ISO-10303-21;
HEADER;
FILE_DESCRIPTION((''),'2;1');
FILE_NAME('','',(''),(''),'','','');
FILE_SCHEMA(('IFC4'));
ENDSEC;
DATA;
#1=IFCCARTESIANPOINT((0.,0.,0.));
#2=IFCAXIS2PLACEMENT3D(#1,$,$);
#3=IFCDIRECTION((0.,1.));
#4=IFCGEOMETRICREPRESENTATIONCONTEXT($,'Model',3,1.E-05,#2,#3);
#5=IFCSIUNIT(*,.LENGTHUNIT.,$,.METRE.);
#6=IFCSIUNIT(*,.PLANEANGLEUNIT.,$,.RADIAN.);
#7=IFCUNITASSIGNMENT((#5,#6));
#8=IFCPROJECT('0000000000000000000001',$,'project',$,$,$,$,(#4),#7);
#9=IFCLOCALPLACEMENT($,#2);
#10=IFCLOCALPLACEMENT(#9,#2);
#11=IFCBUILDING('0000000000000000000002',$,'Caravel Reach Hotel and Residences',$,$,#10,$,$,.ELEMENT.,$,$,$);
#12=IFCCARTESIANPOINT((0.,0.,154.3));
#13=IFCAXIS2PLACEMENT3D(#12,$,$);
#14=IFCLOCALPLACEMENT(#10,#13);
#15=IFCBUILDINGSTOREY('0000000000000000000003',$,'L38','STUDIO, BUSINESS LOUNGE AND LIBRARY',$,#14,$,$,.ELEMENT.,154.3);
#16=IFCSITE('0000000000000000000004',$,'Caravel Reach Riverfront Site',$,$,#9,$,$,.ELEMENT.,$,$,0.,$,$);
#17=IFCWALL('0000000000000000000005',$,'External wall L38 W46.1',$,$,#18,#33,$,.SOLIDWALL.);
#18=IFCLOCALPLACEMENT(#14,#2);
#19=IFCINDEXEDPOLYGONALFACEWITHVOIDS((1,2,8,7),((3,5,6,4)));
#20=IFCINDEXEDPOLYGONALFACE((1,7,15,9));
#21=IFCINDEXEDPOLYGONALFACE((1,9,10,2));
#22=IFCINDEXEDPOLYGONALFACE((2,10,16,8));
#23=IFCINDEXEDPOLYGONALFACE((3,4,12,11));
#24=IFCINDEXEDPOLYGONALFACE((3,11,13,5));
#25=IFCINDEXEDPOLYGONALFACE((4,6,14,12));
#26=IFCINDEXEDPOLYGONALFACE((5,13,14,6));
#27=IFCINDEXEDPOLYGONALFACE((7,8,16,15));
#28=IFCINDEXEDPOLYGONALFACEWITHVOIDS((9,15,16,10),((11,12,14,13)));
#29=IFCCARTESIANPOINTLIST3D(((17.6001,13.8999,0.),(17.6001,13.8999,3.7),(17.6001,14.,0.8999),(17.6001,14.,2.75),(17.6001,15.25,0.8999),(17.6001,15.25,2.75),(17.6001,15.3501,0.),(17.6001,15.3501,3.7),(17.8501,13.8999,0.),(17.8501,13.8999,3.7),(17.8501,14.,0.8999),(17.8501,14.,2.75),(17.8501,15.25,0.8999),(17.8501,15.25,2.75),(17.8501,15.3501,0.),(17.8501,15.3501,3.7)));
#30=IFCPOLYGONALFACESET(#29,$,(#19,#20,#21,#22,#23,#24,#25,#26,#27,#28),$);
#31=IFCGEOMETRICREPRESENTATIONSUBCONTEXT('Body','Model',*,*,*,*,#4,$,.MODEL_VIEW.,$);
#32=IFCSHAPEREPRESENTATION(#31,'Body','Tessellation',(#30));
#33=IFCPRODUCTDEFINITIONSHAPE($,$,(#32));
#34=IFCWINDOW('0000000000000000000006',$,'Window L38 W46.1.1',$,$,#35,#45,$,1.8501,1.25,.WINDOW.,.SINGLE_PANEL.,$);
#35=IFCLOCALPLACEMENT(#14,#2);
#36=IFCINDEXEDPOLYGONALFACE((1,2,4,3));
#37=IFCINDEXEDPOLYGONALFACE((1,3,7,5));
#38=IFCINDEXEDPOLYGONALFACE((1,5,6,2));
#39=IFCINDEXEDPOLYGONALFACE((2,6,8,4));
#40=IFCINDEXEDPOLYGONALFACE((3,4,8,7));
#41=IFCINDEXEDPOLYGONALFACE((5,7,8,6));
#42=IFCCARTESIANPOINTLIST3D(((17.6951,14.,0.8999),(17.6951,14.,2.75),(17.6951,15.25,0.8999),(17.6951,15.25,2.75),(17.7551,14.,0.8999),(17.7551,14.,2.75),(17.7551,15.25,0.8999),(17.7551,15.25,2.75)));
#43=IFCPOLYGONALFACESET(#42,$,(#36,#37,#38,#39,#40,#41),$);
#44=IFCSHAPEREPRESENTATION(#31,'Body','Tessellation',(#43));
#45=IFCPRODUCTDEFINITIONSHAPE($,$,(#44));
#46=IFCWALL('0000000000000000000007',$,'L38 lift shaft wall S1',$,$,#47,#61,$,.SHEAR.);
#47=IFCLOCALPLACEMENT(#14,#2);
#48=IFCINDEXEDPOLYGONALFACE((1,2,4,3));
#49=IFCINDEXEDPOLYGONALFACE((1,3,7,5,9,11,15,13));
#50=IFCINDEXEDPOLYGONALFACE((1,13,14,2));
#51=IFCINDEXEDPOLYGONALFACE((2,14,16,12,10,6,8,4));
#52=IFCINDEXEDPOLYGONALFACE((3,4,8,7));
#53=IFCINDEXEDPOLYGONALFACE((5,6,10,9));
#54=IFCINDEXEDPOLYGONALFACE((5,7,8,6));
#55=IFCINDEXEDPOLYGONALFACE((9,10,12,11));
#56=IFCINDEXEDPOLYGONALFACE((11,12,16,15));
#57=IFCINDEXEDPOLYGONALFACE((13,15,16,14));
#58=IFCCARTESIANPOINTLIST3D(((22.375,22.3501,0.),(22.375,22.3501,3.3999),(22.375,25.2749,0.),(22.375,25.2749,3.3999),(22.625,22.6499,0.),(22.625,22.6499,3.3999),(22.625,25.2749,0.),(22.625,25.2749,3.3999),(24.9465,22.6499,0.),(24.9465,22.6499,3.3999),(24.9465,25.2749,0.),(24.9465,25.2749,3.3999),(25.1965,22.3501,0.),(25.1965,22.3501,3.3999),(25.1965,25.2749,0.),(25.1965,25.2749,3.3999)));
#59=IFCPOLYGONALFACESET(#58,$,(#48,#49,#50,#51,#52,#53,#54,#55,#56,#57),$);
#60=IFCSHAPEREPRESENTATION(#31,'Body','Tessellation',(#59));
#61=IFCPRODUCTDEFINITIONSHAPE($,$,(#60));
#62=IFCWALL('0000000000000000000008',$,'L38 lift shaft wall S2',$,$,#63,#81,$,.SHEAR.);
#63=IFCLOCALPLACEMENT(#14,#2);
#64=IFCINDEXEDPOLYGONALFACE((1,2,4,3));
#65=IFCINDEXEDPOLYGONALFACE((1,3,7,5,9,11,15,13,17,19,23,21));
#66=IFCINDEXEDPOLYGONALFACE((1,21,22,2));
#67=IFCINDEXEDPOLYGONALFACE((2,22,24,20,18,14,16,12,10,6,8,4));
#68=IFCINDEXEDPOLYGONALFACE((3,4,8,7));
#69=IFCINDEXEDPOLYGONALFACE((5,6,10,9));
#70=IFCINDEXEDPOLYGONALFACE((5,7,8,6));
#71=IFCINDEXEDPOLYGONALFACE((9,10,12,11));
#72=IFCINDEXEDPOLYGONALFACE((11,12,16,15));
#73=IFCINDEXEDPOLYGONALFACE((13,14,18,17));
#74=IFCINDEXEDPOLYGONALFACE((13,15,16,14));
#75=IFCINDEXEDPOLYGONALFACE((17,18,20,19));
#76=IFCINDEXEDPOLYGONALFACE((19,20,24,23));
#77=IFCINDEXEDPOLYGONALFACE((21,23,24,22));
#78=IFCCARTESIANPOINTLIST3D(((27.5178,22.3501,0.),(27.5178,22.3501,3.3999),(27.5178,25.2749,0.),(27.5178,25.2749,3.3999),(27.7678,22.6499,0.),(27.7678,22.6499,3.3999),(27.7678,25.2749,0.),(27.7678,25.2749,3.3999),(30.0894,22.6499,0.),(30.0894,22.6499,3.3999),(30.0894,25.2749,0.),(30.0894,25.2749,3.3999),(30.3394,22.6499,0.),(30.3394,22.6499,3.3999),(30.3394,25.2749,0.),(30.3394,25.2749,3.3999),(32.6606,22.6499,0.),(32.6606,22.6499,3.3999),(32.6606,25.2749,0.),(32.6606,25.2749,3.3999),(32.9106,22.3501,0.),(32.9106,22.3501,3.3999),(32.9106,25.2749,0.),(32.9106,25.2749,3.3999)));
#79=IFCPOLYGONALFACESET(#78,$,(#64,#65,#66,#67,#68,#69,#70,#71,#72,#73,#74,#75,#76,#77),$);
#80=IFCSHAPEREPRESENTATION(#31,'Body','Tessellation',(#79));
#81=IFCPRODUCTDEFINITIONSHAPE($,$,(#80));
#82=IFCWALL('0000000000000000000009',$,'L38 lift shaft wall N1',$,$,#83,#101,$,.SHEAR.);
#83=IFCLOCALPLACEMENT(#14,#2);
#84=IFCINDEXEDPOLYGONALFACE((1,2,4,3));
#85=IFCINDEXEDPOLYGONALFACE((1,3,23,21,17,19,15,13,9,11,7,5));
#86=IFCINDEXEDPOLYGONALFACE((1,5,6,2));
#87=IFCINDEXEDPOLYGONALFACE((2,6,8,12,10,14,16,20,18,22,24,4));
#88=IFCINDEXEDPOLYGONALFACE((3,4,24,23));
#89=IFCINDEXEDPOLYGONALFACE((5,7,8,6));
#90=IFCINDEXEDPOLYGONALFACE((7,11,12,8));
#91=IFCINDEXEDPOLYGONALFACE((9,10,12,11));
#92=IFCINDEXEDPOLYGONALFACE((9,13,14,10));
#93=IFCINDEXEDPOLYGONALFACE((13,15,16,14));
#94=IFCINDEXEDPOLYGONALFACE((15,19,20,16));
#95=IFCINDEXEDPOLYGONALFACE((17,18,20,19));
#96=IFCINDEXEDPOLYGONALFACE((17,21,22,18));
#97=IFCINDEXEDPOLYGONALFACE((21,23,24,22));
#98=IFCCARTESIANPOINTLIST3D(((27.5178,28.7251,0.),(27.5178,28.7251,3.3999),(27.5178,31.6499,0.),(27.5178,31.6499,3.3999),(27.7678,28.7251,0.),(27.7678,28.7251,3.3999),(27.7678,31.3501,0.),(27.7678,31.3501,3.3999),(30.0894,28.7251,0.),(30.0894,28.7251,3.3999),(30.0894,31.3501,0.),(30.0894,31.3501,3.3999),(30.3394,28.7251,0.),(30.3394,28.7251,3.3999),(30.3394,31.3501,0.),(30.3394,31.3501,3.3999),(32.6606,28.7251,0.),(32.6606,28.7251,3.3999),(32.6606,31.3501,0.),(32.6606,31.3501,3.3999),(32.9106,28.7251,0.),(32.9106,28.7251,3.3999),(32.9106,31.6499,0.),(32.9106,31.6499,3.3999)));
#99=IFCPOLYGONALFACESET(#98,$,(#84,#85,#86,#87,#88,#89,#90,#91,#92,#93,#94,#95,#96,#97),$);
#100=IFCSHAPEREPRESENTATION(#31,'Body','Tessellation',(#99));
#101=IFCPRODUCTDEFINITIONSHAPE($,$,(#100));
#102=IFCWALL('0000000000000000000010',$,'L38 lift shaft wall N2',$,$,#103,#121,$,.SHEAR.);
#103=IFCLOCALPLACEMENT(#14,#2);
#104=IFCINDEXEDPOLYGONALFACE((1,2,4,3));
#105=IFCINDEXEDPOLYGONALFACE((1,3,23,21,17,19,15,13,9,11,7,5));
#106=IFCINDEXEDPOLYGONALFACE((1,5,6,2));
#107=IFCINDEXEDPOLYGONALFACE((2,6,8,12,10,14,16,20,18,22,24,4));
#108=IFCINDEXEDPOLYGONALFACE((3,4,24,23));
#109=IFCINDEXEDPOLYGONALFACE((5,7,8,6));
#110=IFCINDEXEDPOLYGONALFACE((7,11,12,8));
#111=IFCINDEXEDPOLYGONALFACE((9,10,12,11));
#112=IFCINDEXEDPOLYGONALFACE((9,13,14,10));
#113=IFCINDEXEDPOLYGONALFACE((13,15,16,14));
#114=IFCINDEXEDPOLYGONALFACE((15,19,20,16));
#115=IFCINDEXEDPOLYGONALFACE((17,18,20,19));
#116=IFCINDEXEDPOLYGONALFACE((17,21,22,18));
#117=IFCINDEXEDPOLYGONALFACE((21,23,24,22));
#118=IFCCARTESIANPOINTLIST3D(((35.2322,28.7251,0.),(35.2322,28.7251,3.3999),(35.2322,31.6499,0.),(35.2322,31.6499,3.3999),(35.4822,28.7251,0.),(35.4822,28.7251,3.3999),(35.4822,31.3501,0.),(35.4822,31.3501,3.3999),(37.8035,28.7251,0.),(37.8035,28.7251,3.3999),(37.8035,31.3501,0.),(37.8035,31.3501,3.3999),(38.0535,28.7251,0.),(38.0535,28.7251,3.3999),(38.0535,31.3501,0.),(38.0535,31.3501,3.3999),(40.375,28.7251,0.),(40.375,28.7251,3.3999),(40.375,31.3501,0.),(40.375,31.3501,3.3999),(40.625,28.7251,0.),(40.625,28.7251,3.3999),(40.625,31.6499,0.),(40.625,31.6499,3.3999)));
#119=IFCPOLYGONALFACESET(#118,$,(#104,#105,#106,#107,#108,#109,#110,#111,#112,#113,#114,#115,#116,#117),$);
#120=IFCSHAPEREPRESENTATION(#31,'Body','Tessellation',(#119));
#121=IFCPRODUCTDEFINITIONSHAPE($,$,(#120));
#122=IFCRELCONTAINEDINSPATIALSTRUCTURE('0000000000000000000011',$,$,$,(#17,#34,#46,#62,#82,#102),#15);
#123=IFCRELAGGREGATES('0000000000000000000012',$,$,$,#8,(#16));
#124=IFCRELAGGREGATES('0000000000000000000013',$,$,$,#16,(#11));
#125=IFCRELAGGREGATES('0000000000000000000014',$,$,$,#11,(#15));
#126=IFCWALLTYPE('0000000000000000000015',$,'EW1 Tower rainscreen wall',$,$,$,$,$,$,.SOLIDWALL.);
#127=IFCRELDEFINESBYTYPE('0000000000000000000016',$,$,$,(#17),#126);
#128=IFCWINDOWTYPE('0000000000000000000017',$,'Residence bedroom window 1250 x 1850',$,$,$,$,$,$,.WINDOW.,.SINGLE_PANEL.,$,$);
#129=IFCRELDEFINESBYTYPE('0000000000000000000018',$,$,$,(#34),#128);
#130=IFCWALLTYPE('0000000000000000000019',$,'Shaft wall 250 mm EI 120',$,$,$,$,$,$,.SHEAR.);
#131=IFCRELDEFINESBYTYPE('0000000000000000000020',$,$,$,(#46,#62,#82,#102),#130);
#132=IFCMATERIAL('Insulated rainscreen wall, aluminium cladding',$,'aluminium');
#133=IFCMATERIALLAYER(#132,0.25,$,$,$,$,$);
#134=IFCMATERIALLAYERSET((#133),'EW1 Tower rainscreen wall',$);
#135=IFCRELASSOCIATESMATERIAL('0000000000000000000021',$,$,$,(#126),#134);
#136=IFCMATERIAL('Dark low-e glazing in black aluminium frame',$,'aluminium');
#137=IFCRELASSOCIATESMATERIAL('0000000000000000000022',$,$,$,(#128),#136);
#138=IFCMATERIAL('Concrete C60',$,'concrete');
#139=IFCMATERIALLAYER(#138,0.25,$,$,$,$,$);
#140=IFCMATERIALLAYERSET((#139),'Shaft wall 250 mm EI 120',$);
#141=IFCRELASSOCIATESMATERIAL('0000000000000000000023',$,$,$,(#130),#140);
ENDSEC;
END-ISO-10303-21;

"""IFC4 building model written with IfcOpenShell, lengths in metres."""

from ifc_helpers import new_model, si_unit, direction, frame, frame_2d, origin, place, context, subcontext, project, spatial, polyline, rectangle, outline, extrude, material, layer, layer_set, type_object, element, fill, save


model = new_model("IFC4")

# Units and contexts
model_context = context("Model", 3, precision=1e-05, world=origin(), true_north=direction((0.0, 1.0)))
body_context = subcontext(model_context, "Body", "Model", "MODEL_VIEW")
ifc_project = project(units=[si_unit("LENGTHUNIT", "METRE"), si_unit("PLANEANGLEUNIT", "RADIAN")], contexts=[model_context])

# Site, building, storey
site_placement = place(None, origin())
site = spatial("IfcSite", under=ifc_project, at=site_placement, Name="Caravel Reach Riverfront Site", CompositionType="ELEMENT", RefElevation=0.0)
building_placement = place(site_placement, origin())
building = spatial("IfcBuilding", under=site, at=building_placement, Name="Caravel Reach Hotel and Residences", CompositionType="ELEMENT")
storey_placement = place(building_placement, frame((0.0, 0.0, 154.3)))
storey = spatial("IfcBuildingStorey", under=building, at=storey_placement, Name="L38", Description="STUDIO, BUSINESS LOUNGE AND LIBRARY", CompositionType="ELEMENT", Elevation=154.3)

# Shared definitions
ifc_material_1 = material(Name="Insulated rainscreen wall, aluminium cladding", Category="aluminium")
ifc_layer_1 = layer(ifc_material_1, 0.25)
ifc_layer_set_1 = layer_set([ifc_layer_1], Name="EW1 Tower rainscreen wall")
wall_type_1 = type_object("IfcWallType", Name="EW1 Tower rainscreen wall", PredefinedType="SOLIDWALL", material=ifc_layer_set_1)

# Wall, opening, window
ifc_material_2 = material(Name="Dark low-e glazing in black aluminium frame", Category="aluminium")
window_type_1 = type_object("IfcWindowType", Name="Residence bedroom window 1250 x 1850", PartitioningType="SINGLE_PANEL", PredefinedType="WINDOW", material=ifc_material_2)
wall_1_placement = place(storey_placement, frame((17.7251, 15.3501, 0.0), z_axis=(0.0, 0.0, 1.0), x_axis=(0.0, -1.0, 0.0)))
wall_1 = element("IfcWall", 1, at=wall_1_placement, inside=storey, type_object=wall_type_1, Name="External wall L38 W46.1", PredefinedType="SOLIDWALL", context=body_context, shape_type="SweptSolid", body=[
    extrude(rectangle(XDim=1.4502, YDim=0.25, at=frame_2d((0.7251, 0.0))), origin(), (0.0, 0.0, 1.0), 3.7),
])
opening_1_placement = place(wall_1_placement, frame((0.1001, 0.0, 0.8999)))
opening_1 = element("IfcOpeningElement", 2, at=opening_1_placement, cuts=wall_1, PredefinedType="OPENING", context=body_context, shape_type="SweptSolid", body=[
    extrude(rectangle(XDim=1.25, YDim=1.8501, at=frame_2d((0.625, 0.925))), frame((0.0, 0.135, 0.0), z_axis=(0.0, -1.0, 0.0), x_axis=(1.0, 0.0, 0.0)), (0.0, 0.0, 1.0), 0.27),
])
window_1_placement = place(opening_1_placement, origin())
window_1 = element("IfcWindow", 3, at=window_1_placement, inside=storey, type_object=window_type_1, Name="Window L38 W46.1.1", OverallHeight=1.8501, OverallWidth=1.25, PartitioningType="SINGLE_PANEL", PredefinedType="WINDOW", context=body_context, shape_type="SweptSolid", body=[
    extrude(rectangle(XDim=1.25, YDim=1.8501, at=frame_2d((0.625, 0.925))), frame((0.0, 0.03, 0.0), z_axis=(0.0, -1.0, 0.0), x_axis=(1.0, 0.0, 0.0)), (0.0, 0.0, 1.0), 0.0601),
])
fill(opening_1, window_1)

# Walls
ifc_material_3 = material(Name="Concrete C60", Category="concrete")
ifc_layer_2 = layer(ifc_material_3, 0.25)
ifc_layer_set_2 = layer_set([ifc_layer_2], Name="Shaft wall 250 mm EI 120")
wall_type_2 = type_object("IfcWallType", Name="Shaft wall 250 mm EI 120", PredefinedType="SHEAR", material=ifc_layer_set_2)
wall_2_placement = place(storey_placement, origin())
element("IfcWall", 4, at=wall_2_placement, inside=storey, type_object=wall_type_2, Name="L38 lift shaft wall S1", PredefinedType="SHEAR", context=body_context, shape_type="SweptSolid", body=[
    extrude(outline(polyline([(22.375, 22.3501), (25.1965, 22.3501), (25.1965, 25.2749), (24.9465, 25.2749), (24.9465, 22.6499), (22.625, 22.6499), (22.625, 25.2749), (22.375, 25.2749), (22.375, 22.3501)])), origin(), (0.0, 0.0, 1.0), 3.3999),
])
wall_3_placement = place(storey_placement, origin())
element("IfcWall", 5, at=wall_3_placement, inside=storey, type_object=wall_type_2, Name="L38 lift shaft wall S2", PredefinedType="SHEAR", context=body_context, shape_type="SweptSolid", body=[
    extrude(outline(polyline([(27.5178, 22.3501), (32.9106, 22.3501), (32.9106, 25.2749), (32.6606, 25.2749), (32.6606, 22.6499), (30.3394, 22.6499), (30.3394, 25.2749), (30.0894, 25.2749), (30.0894, 22.6499), (27.7678, 22.6499), (27.7678, 25.2749), (27.5178, 25.2749), (27.5178, 22.3501)])), origin(), (0.0, 0.0, 1.0), 3.3999),
])
wall_4_placement = place(storey_placement, origin())
element("IfcWall", 6, at=wall_4_placement, inside=storey, type_object=wall_type_2, Name="L38 lift shaft wall N1", PredefinedType="SHEAR", context=body_context, shape_type="SweptSolid", body=[
    extrude(outline(polyline([(27.5178, 28.7251), (27.7678, 28.7251), (27.7678, 31.3501), (30.0894, 31.3501), (30.0894, 28.7251), (30.3394, 28.7251), (30.3394, 31.3501), (32.6606, 31.3501), (32.6606, 28.7251), (32.9106, 28.7251), (32.9106, 31.6499), (27.5178, 31.6499), (27.5178, 28.7251)])), origin(), (0.0, 0.0, 1.0), 3.3999),
])
wall_5_placement = place(storey_placement, origin())
element("IfcWall", 7, at=wall_5_placement, inside=storey, type_object=wall_type_2, Name="L38 lift shaft wall N2", PredefinedType="SHEAR", context=body_context, shape_type="SweptSolid", body=[
    extrude(outline(polyline([(35.2322, 28.7251), (35.4822, 28.7251), (35.4822, 31.3501), (37.8035, 31.3501), (37.8035, 28.7251), (38.0535, 28.7251), (38.0535, 31.3501), (40.375, 31.3501), (40.375, 28.7251), (40.625, 28.7251), (40.625, 31.6499), (35.2322, 31.6499), (35.2322, 28.7251)])), origin(), (0.0, 0.0, 1.0), 3.3999),
])

save(model, "model.ifc")
